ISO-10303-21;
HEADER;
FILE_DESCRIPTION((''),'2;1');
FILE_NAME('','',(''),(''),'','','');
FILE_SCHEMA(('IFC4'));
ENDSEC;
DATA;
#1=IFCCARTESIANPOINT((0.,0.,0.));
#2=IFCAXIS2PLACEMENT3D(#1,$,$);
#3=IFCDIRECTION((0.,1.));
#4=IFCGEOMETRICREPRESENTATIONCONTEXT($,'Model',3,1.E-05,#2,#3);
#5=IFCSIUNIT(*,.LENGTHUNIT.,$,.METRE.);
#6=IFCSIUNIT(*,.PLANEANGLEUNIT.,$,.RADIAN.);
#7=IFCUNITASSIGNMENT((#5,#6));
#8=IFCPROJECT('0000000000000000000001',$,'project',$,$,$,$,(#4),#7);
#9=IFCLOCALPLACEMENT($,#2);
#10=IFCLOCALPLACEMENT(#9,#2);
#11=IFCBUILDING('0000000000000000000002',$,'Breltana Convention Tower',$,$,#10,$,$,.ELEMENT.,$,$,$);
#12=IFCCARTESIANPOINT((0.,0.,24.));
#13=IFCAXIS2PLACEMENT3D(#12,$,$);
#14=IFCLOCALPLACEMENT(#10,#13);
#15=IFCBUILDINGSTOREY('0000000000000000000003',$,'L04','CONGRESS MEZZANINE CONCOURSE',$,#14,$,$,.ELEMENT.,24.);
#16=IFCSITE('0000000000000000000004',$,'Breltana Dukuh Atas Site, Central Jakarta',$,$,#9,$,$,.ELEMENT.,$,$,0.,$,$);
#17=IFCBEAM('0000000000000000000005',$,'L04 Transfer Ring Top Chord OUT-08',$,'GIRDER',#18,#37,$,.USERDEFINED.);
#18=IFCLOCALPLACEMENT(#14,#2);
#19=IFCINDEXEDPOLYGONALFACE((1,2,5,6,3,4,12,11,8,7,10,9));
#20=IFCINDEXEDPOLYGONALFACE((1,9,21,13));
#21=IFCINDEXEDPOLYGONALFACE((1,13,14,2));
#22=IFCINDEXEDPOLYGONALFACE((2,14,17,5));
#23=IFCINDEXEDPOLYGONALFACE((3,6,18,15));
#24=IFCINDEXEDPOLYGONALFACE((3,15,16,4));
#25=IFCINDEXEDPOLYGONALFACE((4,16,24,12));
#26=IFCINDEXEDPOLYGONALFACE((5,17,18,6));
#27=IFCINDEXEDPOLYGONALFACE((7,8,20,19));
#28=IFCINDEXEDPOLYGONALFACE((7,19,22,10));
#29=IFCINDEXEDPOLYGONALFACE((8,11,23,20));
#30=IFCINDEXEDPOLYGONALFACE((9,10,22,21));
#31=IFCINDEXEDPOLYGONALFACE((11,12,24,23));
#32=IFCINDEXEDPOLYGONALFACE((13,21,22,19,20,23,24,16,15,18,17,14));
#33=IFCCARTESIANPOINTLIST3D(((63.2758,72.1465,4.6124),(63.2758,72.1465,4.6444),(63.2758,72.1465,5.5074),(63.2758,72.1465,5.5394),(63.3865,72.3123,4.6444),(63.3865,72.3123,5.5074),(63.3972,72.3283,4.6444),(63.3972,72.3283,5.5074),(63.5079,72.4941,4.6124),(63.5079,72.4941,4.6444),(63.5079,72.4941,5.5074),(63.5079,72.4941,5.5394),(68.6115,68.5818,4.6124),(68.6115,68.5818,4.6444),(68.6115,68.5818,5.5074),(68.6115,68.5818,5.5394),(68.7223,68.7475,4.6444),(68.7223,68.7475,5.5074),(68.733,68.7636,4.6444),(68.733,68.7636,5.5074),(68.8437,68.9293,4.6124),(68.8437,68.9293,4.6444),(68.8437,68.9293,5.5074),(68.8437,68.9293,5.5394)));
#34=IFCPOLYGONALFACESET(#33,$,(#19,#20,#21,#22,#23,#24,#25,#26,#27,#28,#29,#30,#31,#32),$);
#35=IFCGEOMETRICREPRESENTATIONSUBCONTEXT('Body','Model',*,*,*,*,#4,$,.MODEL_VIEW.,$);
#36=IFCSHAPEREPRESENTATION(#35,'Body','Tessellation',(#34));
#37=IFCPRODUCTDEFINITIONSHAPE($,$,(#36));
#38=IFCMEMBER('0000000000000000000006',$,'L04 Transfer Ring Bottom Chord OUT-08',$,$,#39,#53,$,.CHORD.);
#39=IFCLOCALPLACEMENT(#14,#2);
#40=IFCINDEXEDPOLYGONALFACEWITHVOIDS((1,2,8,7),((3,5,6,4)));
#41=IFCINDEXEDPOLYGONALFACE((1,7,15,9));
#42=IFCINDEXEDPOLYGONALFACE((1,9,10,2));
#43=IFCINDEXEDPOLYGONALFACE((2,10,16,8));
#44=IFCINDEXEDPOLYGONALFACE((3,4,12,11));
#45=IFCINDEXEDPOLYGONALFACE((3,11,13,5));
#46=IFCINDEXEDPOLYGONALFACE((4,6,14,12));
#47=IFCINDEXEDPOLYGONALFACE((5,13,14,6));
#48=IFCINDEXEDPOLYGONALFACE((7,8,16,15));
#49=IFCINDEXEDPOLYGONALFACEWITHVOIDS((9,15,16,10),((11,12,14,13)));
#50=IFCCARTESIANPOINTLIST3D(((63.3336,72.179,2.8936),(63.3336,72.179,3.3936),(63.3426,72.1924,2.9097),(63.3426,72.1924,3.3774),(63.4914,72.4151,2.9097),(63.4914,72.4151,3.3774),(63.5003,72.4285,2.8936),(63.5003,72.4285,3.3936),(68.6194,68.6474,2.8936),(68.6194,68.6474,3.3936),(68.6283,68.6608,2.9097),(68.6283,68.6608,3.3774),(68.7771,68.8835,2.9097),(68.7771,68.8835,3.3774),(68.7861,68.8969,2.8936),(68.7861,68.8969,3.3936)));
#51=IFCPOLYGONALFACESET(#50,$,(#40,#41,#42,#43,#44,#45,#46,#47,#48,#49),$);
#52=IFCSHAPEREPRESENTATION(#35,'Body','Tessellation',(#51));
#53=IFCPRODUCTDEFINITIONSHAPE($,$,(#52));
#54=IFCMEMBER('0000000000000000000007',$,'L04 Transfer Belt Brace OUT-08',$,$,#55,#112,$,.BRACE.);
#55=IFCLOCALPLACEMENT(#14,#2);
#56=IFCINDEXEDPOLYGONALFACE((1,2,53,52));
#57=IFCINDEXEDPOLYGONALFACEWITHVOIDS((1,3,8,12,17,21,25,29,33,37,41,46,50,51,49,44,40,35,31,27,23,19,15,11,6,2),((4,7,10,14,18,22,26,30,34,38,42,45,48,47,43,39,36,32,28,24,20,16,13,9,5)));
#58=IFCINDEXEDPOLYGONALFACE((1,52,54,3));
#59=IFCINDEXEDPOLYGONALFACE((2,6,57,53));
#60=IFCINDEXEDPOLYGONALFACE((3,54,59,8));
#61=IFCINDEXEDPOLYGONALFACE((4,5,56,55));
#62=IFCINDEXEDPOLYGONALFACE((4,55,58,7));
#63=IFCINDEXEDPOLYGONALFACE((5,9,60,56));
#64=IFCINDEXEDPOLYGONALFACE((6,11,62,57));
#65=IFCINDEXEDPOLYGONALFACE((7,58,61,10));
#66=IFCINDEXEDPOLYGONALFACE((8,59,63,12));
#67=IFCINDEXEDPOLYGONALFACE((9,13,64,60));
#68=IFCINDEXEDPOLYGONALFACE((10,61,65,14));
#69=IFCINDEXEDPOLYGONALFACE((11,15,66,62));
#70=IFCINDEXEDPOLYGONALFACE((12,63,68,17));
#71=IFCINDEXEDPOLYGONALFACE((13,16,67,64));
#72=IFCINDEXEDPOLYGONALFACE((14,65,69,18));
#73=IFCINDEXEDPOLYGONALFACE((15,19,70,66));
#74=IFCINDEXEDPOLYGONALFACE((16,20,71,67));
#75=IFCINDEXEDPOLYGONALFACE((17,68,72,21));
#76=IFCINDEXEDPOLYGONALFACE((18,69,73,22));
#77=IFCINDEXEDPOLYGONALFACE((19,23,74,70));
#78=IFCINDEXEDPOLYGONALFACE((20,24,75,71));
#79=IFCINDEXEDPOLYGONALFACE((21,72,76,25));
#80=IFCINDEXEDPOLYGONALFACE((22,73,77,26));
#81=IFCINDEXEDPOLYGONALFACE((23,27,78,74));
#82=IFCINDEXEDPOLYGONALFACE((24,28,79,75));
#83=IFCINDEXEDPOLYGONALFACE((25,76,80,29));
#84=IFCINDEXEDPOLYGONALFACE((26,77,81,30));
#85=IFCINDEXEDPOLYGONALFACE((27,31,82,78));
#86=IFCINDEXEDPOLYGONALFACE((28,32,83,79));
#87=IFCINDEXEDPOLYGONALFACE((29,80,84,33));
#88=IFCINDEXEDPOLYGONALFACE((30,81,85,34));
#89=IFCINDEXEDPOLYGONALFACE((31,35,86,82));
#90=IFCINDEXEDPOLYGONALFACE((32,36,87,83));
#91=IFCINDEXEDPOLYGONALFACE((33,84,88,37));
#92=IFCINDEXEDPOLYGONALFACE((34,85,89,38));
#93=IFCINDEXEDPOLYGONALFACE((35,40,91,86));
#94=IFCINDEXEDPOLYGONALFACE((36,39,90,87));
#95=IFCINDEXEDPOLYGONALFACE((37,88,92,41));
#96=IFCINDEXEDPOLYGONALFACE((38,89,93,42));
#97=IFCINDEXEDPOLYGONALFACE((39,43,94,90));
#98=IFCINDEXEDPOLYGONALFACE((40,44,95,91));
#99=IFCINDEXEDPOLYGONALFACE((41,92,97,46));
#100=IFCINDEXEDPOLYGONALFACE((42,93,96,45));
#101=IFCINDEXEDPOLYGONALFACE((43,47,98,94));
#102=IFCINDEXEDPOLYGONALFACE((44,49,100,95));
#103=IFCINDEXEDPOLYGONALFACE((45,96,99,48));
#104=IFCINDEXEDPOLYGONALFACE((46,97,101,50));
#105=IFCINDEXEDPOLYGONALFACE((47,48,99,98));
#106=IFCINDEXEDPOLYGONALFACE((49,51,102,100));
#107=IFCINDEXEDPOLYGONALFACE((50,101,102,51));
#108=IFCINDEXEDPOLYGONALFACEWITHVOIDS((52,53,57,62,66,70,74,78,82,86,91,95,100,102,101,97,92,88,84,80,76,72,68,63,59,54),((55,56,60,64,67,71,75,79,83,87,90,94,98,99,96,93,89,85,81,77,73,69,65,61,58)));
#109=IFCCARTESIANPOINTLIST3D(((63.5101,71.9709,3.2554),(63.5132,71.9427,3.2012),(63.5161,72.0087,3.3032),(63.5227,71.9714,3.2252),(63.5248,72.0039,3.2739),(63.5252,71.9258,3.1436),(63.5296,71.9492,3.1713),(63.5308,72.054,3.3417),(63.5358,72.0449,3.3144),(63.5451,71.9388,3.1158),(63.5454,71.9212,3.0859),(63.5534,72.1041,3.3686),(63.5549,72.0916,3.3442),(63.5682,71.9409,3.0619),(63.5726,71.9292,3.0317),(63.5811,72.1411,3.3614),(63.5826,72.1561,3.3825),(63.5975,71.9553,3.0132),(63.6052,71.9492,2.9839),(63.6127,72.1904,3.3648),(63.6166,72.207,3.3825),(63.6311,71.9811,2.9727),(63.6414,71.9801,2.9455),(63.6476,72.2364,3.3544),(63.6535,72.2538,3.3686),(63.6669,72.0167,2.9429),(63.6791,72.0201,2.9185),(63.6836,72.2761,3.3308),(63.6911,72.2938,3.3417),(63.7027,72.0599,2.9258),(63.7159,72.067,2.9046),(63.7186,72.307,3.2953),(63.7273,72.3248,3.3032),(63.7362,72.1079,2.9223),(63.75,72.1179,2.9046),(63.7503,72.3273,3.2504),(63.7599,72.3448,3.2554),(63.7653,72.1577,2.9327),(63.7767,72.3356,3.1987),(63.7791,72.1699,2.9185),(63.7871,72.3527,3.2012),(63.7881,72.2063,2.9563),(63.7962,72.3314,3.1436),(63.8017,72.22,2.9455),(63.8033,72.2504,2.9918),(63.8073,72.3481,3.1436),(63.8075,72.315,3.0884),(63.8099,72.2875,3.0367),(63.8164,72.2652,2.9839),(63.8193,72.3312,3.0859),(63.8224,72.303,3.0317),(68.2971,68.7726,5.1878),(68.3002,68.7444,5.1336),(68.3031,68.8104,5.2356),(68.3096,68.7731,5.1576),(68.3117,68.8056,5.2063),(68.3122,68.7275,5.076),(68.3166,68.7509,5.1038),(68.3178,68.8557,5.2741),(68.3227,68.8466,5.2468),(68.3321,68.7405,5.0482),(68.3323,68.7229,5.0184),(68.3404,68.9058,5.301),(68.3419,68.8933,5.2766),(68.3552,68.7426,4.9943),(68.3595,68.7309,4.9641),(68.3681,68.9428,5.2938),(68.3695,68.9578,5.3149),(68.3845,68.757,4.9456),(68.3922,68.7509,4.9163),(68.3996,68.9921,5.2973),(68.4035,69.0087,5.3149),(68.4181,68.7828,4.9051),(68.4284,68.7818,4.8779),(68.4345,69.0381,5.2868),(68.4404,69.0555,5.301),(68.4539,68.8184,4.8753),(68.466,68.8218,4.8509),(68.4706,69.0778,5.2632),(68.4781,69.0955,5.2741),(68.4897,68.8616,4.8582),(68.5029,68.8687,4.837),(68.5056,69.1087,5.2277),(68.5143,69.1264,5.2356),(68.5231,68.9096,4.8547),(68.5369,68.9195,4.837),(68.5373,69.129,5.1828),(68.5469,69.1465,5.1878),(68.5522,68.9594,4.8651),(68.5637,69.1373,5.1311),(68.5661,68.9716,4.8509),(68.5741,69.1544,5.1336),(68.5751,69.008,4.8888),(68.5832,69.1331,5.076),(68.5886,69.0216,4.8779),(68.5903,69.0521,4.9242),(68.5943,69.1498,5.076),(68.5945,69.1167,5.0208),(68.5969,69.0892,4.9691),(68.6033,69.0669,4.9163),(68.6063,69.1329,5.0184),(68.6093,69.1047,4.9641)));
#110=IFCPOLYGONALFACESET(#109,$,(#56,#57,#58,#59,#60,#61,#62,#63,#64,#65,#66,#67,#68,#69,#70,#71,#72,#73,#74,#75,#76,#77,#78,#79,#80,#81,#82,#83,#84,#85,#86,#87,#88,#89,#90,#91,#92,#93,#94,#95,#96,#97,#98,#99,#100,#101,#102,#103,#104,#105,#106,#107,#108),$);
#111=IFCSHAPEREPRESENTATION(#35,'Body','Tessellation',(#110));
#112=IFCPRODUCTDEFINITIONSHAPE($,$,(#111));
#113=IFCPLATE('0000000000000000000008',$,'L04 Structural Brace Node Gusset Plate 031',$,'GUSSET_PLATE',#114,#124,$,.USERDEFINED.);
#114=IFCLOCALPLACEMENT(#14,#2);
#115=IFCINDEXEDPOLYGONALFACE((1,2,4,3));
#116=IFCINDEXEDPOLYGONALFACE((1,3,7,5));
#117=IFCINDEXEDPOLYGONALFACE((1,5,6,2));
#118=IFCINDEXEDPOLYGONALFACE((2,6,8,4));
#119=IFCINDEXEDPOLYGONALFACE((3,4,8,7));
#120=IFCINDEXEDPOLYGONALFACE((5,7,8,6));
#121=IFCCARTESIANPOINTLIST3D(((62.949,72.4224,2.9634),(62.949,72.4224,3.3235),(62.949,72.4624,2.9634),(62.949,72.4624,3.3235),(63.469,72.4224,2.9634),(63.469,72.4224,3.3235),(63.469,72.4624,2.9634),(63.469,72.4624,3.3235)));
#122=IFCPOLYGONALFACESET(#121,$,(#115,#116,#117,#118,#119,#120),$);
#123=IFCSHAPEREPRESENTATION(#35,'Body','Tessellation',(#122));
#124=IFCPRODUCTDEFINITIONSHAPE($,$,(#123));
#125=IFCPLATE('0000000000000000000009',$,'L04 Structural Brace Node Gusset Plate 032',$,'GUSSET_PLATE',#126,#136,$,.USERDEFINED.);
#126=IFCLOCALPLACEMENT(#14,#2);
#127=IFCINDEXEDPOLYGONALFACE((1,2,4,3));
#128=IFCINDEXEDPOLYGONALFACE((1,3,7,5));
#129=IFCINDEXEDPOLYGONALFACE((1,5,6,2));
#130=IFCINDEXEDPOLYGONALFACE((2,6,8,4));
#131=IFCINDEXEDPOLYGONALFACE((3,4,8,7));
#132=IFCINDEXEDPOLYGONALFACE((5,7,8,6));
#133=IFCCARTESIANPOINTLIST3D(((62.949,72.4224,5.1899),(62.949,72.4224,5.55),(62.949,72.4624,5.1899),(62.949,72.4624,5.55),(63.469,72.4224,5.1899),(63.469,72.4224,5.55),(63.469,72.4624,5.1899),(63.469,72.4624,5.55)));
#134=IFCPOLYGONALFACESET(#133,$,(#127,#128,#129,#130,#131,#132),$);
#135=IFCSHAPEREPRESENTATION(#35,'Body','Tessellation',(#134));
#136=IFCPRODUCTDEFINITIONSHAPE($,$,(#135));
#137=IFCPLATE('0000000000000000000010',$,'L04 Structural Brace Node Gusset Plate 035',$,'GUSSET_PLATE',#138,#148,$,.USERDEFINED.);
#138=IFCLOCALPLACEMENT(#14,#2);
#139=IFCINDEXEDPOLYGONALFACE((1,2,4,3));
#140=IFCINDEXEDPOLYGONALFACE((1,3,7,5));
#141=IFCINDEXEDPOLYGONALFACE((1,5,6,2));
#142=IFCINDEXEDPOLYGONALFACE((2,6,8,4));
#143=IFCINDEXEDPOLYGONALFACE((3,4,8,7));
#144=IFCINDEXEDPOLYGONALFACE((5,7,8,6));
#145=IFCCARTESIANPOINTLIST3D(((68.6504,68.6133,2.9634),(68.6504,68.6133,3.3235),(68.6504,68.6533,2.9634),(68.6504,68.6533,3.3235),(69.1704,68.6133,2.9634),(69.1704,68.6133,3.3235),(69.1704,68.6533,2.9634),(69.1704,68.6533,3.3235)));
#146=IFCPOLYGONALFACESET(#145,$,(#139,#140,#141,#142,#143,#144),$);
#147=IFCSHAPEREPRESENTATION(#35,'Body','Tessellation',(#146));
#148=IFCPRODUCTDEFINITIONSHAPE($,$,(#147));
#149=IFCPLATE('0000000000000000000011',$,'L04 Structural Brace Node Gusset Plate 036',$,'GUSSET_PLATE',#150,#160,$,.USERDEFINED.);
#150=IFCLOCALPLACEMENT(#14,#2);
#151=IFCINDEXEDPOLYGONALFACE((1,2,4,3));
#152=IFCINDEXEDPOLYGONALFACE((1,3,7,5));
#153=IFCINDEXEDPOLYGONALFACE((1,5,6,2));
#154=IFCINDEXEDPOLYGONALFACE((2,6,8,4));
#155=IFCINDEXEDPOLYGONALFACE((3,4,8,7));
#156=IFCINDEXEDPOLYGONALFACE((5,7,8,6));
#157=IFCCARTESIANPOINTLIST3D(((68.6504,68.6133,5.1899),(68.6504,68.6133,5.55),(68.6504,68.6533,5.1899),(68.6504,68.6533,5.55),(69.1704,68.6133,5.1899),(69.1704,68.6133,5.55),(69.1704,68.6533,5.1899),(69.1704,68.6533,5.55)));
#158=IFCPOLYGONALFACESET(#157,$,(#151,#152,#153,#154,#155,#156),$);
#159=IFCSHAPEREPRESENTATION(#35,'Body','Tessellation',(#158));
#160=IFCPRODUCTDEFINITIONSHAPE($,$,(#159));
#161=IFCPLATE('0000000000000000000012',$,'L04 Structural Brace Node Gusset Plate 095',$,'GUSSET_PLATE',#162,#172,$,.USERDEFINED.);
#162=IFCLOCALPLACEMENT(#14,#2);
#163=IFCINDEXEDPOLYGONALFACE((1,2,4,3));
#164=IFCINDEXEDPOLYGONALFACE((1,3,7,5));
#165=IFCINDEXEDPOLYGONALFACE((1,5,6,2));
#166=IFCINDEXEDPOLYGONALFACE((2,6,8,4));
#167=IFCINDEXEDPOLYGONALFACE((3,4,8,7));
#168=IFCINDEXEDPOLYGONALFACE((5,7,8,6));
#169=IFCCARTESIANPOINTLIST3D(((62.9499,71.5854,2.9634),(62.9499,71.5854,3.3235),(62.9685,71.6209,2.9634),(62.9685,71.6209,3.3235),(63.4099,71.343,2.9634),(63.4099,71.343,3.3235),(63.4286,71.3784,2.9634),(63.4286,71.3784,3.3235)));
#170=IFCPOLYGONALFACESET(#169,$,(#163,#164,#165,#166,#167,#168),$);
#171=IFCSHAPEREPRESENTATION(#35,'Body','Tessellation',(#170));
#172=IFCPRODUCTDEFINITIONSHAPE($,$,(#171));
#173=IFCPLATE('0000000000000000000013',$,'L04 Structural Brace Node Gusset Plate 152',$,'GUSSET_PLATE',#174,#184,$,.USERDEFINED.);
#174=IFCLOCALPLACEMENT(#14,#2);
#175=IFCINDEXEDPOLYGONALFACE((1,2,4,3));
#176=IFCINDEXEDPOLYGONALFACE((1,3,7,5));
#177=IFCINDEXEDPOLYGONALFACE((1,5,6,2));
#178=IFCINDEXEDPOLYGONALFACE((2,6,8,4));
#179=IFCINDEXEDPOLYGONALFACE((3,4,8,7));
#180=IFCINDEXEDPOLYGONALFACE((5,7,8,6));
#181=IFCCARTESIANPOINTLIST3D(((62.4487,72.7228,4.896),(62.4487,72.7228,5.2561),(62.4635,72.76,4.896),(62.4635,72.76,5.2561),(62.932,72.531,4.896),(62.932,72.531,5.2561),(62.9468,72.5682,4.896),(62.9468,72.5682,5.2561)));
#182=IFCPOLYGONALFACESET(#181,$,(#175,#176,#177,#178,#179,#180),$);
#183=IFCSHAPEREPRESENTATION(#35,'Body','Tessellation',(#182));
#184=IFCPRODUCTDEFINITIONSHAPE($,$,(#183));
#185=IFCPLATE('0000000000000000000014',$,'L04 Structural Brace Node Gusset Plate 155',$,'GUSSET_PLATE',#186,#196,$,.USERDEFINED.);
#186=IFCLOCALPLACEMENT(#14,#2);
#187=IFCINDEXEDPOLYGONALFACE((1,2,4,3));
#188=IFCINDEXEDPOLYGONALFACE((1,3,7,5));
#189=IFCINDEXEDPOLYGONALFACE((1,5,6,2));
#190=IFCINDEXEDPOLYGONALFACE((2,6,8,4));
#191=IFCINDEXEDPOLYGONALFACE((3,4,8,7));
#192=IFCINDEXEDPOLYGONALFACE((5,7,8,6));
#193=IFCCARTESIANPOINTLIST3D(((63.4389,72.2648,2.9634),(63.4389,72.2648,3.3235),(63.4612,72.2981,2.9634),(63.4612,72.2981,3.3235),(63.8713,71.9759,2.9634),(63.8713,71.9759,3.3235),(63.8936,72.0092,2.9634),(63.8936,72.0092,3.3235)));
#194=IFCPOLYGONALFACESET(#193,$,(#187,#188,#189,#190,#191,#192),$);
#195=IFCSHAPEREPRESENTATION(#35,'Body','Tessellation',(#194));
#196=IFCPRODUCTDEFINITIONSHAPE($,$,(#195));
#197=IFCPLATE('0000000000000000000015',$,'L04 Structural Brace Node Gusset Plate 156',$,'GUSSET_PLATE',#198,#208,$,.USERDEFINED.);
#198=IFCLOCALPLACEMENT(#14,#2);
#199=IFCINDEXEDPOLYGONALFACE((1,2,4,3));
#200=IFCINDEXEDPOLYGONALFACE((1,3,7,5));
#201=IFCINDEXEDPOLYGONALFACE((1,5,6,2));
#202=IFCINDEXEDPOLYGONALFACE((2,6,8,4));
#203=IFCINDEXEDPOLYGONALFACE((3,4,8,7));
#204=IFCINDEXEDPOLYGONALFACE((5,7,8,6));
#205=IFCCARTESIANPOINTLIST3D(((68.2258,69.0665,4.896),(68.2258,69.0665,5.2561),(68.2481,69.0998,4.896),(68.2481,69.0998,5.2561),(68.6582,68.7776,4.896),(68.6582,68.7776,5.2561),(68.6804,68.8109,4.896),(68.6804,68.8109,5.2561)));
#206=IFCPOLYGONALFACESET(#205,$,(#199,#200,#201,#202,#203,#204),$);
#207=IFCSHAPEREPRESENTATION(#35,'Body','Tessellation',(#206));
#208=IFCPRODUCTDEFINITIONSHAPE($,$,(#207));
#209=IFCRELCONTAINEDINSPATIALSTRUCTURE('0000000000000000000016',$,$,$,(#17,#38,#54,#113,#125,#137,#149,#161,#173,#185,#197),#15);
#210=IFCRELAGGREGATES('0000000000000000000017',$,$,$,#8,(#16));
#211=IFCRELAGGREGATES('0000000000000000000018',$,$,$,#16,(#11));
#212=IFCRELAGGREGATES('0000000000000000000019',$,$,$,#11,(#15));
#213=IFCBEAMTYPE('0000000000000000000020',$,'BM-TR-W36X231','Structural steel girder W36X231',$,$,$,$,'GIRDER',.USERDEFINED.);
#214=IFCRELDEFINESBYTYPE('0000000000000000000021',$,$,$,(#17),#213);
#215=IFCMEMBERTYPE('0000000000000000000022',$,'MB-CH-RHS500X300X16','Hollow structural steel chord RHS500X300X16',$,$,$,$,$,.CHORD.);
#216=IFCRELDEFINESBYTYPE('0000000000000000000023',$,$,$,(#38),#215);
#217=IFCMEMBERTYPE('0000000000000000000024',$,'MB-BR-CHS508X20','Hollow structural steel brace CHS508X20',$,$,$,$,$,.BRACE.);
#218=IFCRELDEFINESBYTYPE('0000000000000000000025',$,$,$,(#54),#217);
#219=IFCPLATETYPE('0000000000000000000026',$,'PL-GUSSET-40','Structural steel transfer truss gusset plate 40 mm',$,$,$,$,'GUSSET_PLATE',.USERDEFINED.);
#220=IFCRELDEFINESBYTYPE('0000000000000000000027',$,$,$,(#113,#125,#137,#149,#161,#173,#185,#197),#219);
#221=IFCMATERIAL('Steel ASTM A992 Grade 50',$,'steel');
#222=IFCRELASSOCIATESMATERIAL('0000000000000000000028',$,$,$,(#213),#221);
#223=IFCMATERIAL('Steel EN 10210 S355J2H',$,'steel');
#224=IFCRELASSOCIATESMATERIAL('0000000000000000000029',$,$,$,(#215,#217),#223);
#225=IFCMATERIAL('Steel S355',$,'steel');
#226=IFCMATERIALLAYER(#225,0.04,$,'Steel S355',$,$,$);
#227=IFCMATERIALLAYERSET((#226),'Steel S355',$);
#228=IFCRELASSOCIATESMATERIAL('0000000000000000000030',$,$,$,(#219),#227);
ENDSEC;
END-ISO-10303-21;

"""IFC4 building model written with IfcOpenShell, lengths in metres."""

from ifc_helpers import new_model, si_unit, direction, frame, origin, origin_2d, place, context, subcontext, project, spatial, rectangle, hollow_rectangle, hollow_circle, i_section, extrude, source, transform, mapped, material, layer, layer_set, material_profile, profile_set, type_object, element, save


model = new_model("IFC4")

# Units and contexts
model_context = context("Model", 3, precision=1e-05, world=origin(), true_north=direction((0.0, 1.0)))
body_context = subcontext(model_context, "Body", "Model", "MODEL_VIEW")
ifc_project = project(units=[si_unit("LENGTHUNIT", "METRE"), si_unit("PLANEANGLEUNIT", "RADIAN")], contexts=[model_context])

# Site, building, storey
site_placement = place(None, origin())
site = spatial("IfcSite", under=ifc_project, at=site_placement, Name="Breltana Dukuh Atas Site, Central Jakarta", CompositionType="ELEMENT", RefElevation=0.0)
building_placement = place(site_placement, origin())
building = spatial("IfcBuilding", under=site, at=building_placement, Name="Breltana Convention Tower", CompositionType="ELEMENT")
storey_placement = place(building_placement, frame((0.0, 0.0, 24.0)))
storey = spatial("IfcBuildingStorey", under=building, at=storey_placement, Name="L04", Description="CONGRESS MEZZANINE CONCOURSE", CompositionType="ELEMENT", Elevation=24.0)

# Shared definitions
ifc_material_1 = material(Name="Steel ASTM A992 Grade 50", Category="steel")

# Shared definitions
ifc_material_profile_1 = material_profile(ifc_material_1, i_section(OverallWidth=0.418, OverallDepth=0.927, WebThickness=0.0193, FlangeThickness=0.032, at=origin_2d()), Name="W36X231")
ifc_profile_set_1 = profile_set([ifc_material_profile_1], Name="Steel ASTM A992 Grade 50")
beam_type_1 = type_object("IfcBeamType", Name="BM-TR-W36X231", Description="Structural steel girder W36X231", ElementType="GIRDER", PredefinedType="USERDEFINED", material=ifc_profile_set_1)

# Shared definitions
ifc_material_2 = material(Name="Steel EN 10210 S355J2H", Category="steel")

# Beam
shared_shape_1 = source(origin(), body_context, "Body", "SweptSolid", [
    extrude(i_section(OverallWidth=0.418, OverallDepth=0.927, WebThickness=0.0193, FlangeThickness=0.032, at=origin_2d()), origin(), (0.0, 0.0, 1.0), 6.417),
])
beam_1_placement = place(storey_placement, frame((63.3918, 72.3203, 5.0759), z_axis=(0.831506, -0.555516, 0.0), x_axis=(0.555516, 0.831506, 0.0)))
element("IfcBeam", 1, at=beam_1_placement, inside=storey, type_object=beam_type_1, Name="L04 Transfer Ring Top Chord OUT-08", ObjectType="GIRDER", PredefinedType="USERDEFINED", context=body_context, shape_type="MappedRepresentation", body=[
    mapped(shared_shape_1, transform((0.0, 0.0, 0.0), scale=1.0)),
])

# Members
ifc_material_profile_2 = material_profile(ifc_material_2, hollow_rectangle(XDim=0.3, YDim=0.5, WallThickness=0.0161, at=origin_2d()), Name="RHS500X300X16")
ifc_profile_set_2 = profile_set([ifc_material_profile_2], Name="Steel EN 10210 S355J2H")
member_type_1 = type_object("IfcMemberType", Name="MB-CH-RHS500X300X16", Description="Hollow structural steel chord RHS500X300X16", PredefinedType="CHORD", material=ifc_profile_set_2)
shared_shape_2 = source(origin(), body_context, "Body", "SweptSolid", [
    extrude(hollow_rectangle(XDim=0.3, YDim=0.5, WallThickness=0.0161, at=origin_2d()), origin(), (0.0, 0.0, 1.0), 6.3569),
])
member_1_placement = place(storey_placement, frame((63.417, 72.3037, 3.1436), z_axis=(0.831489, -0.555542, 0.0), x_axis=(0.555542, 0.831489, 0.0)))
element("IfcMember", 2, at=member_1_placement, inside=storey, type_object=member_type_1, Name="L04 Transfer Ring Bottom Chord OUT-08", PredefinedType="CHORD", context=body_context, shape_type="MappedRepresentation", body=[
    mapped(shared_shape_2, transform((0.0, 0.0, 0.0), scale=1.0)),
])
ifc_material_profile_3 = material_profile(ifc_material_2, hollow_circle(Radius=0.2539, WallThickness=0.02, at=origin_2d()), Name="CHS508X20")
ifc_profile_set_3 = profile_set([ifc_material_profile_3], Name="Steel EN 10210 S355J2H")
member_type_2 = type_object("IfcMemberType", Name="MB-BR-CHS508X20", Description="Hollow structural steel brace CHS508X20", PredefinedType="BRACE", material=ifc_profile_set_3)
shared_shape_3 = source(origin(), body_context, "Body", "SweptSolid", [
    extrude(hollow_circle(Radius=0.2539, WallThickness=0.02, at=origin_2d()), origin(), (0.0, 0.0, 1.0), 6.0728),
])
member_2_placement = place(storey_placement, frame((63.6663, 72.137, 3.1436), z_axis=(0.788268, -0.526665, 0.31821), x_axis=(0.555542, 0.831489, 0.0)))
element("IfcMember", 3, at=member_2_placement, inside=storey, type_object=member_type_2, Name="L04 Transfer Belt Brace OUT-08", PredefinedType="BRACE", context=body_context, shape_type="MappedRepresentation", body=[
    mapped(shared_shape_3, transform((0.0, 0.0, 0.0), scale=1.0)),
])

# Plates
ifc_material_3 = material(Name="Steel S355", Category="steel")
ifc_layer_1 = layer(ifc_material_3, 0.04, Name="Steel S355")
ifc_layer_set_1 = layer_set([ifc_layer_1], Name="Steel S355")
plate_type = type_object("IfcPlateType", Name="PL-GUSSET-40", Description="Structural steel transfer truss gusset plate 40 mm", ElementType="GUSSET_PLATE", PredefinedType="USERDEFINED", material=ifc_layer_set_1)
shared_shape_4 = source(origin(), body_context, "Body", "SweptSolid", [
    extrude(rectangle(XDim=0.52, YDim=0.04, at=origin_2d()), origin(), (0.0, 0.0, 1.0), 0.3601),
])
for number, where, z_axis, x_axis, name in (
    (4, (63.209, 72.4424, 2.9634), (0.0, 0.0, 1.0), (1.0, 0.0, 0.0), "L04 Structural Brace Node Gusset Plate 031"),
    (5, (63.209, 72.4424, 5.1899), (0.0, 0.0, 1.0), (1.0, 0.0, 0.0), "L04 Structural Brace Node Gusset Plate 032"),
    (6, (68.9104, 68.6333, 2.9634), (0.0, 0.0, 1.0), (1.0, 0.0, 0.0), "L04 Structural Brace Node Gusset Plate 035"),
    (7, (68.9104, 68.6333, 5.1899), (0.0, 0.0, 1.0), (1.0, 0.0, 0.0), "L04 Structural Brace Node Gusset Plate 036"),
    (8, (63.1892, 71.4819, 2.9634), (0.0, 0.0, 1.0), (0.884662, -0.466232, 0.0), "L04 Structural Brace Node Gusset Plate 095"),
    (9, (62.6978, 72.6455, 4.896), (0.0, 0.0, 1.0), (0.929455, -0.368936, 0.0), "L04 Structural Brace Node Gusset Plate 152"),
    (10, (63.6663, 72.137, 2.9634), (0.0, 0.0, 1.0), (0.83147, -0.55557, 0.0), "L04 Structural Brace Node Gusset Plate 155"),
    (11, (68.4531, 68.9387, 4.896), (0.0, 0.0, 1.0), (0.83147, -0.55557, 0.0), "L04 Structural Brace Node Gusset Plate 156"),
):
    element("IfcPlate", number, at=place(storey_placement, frame(where, z_axis=z_axis, x_axis=x_axis)), inside=storey, type_object=plate_type, Name=name, ObjectType="GUSSET_PLATE", PredefinedType="USERDEFINED", context=body_context, shape_type="MappedRepresentation", body=[
        mapped(shared_shape_4, transform((0.0, 0.0, 0.0), scale=1.0)),
    ])

save(model, "model.ifc")
